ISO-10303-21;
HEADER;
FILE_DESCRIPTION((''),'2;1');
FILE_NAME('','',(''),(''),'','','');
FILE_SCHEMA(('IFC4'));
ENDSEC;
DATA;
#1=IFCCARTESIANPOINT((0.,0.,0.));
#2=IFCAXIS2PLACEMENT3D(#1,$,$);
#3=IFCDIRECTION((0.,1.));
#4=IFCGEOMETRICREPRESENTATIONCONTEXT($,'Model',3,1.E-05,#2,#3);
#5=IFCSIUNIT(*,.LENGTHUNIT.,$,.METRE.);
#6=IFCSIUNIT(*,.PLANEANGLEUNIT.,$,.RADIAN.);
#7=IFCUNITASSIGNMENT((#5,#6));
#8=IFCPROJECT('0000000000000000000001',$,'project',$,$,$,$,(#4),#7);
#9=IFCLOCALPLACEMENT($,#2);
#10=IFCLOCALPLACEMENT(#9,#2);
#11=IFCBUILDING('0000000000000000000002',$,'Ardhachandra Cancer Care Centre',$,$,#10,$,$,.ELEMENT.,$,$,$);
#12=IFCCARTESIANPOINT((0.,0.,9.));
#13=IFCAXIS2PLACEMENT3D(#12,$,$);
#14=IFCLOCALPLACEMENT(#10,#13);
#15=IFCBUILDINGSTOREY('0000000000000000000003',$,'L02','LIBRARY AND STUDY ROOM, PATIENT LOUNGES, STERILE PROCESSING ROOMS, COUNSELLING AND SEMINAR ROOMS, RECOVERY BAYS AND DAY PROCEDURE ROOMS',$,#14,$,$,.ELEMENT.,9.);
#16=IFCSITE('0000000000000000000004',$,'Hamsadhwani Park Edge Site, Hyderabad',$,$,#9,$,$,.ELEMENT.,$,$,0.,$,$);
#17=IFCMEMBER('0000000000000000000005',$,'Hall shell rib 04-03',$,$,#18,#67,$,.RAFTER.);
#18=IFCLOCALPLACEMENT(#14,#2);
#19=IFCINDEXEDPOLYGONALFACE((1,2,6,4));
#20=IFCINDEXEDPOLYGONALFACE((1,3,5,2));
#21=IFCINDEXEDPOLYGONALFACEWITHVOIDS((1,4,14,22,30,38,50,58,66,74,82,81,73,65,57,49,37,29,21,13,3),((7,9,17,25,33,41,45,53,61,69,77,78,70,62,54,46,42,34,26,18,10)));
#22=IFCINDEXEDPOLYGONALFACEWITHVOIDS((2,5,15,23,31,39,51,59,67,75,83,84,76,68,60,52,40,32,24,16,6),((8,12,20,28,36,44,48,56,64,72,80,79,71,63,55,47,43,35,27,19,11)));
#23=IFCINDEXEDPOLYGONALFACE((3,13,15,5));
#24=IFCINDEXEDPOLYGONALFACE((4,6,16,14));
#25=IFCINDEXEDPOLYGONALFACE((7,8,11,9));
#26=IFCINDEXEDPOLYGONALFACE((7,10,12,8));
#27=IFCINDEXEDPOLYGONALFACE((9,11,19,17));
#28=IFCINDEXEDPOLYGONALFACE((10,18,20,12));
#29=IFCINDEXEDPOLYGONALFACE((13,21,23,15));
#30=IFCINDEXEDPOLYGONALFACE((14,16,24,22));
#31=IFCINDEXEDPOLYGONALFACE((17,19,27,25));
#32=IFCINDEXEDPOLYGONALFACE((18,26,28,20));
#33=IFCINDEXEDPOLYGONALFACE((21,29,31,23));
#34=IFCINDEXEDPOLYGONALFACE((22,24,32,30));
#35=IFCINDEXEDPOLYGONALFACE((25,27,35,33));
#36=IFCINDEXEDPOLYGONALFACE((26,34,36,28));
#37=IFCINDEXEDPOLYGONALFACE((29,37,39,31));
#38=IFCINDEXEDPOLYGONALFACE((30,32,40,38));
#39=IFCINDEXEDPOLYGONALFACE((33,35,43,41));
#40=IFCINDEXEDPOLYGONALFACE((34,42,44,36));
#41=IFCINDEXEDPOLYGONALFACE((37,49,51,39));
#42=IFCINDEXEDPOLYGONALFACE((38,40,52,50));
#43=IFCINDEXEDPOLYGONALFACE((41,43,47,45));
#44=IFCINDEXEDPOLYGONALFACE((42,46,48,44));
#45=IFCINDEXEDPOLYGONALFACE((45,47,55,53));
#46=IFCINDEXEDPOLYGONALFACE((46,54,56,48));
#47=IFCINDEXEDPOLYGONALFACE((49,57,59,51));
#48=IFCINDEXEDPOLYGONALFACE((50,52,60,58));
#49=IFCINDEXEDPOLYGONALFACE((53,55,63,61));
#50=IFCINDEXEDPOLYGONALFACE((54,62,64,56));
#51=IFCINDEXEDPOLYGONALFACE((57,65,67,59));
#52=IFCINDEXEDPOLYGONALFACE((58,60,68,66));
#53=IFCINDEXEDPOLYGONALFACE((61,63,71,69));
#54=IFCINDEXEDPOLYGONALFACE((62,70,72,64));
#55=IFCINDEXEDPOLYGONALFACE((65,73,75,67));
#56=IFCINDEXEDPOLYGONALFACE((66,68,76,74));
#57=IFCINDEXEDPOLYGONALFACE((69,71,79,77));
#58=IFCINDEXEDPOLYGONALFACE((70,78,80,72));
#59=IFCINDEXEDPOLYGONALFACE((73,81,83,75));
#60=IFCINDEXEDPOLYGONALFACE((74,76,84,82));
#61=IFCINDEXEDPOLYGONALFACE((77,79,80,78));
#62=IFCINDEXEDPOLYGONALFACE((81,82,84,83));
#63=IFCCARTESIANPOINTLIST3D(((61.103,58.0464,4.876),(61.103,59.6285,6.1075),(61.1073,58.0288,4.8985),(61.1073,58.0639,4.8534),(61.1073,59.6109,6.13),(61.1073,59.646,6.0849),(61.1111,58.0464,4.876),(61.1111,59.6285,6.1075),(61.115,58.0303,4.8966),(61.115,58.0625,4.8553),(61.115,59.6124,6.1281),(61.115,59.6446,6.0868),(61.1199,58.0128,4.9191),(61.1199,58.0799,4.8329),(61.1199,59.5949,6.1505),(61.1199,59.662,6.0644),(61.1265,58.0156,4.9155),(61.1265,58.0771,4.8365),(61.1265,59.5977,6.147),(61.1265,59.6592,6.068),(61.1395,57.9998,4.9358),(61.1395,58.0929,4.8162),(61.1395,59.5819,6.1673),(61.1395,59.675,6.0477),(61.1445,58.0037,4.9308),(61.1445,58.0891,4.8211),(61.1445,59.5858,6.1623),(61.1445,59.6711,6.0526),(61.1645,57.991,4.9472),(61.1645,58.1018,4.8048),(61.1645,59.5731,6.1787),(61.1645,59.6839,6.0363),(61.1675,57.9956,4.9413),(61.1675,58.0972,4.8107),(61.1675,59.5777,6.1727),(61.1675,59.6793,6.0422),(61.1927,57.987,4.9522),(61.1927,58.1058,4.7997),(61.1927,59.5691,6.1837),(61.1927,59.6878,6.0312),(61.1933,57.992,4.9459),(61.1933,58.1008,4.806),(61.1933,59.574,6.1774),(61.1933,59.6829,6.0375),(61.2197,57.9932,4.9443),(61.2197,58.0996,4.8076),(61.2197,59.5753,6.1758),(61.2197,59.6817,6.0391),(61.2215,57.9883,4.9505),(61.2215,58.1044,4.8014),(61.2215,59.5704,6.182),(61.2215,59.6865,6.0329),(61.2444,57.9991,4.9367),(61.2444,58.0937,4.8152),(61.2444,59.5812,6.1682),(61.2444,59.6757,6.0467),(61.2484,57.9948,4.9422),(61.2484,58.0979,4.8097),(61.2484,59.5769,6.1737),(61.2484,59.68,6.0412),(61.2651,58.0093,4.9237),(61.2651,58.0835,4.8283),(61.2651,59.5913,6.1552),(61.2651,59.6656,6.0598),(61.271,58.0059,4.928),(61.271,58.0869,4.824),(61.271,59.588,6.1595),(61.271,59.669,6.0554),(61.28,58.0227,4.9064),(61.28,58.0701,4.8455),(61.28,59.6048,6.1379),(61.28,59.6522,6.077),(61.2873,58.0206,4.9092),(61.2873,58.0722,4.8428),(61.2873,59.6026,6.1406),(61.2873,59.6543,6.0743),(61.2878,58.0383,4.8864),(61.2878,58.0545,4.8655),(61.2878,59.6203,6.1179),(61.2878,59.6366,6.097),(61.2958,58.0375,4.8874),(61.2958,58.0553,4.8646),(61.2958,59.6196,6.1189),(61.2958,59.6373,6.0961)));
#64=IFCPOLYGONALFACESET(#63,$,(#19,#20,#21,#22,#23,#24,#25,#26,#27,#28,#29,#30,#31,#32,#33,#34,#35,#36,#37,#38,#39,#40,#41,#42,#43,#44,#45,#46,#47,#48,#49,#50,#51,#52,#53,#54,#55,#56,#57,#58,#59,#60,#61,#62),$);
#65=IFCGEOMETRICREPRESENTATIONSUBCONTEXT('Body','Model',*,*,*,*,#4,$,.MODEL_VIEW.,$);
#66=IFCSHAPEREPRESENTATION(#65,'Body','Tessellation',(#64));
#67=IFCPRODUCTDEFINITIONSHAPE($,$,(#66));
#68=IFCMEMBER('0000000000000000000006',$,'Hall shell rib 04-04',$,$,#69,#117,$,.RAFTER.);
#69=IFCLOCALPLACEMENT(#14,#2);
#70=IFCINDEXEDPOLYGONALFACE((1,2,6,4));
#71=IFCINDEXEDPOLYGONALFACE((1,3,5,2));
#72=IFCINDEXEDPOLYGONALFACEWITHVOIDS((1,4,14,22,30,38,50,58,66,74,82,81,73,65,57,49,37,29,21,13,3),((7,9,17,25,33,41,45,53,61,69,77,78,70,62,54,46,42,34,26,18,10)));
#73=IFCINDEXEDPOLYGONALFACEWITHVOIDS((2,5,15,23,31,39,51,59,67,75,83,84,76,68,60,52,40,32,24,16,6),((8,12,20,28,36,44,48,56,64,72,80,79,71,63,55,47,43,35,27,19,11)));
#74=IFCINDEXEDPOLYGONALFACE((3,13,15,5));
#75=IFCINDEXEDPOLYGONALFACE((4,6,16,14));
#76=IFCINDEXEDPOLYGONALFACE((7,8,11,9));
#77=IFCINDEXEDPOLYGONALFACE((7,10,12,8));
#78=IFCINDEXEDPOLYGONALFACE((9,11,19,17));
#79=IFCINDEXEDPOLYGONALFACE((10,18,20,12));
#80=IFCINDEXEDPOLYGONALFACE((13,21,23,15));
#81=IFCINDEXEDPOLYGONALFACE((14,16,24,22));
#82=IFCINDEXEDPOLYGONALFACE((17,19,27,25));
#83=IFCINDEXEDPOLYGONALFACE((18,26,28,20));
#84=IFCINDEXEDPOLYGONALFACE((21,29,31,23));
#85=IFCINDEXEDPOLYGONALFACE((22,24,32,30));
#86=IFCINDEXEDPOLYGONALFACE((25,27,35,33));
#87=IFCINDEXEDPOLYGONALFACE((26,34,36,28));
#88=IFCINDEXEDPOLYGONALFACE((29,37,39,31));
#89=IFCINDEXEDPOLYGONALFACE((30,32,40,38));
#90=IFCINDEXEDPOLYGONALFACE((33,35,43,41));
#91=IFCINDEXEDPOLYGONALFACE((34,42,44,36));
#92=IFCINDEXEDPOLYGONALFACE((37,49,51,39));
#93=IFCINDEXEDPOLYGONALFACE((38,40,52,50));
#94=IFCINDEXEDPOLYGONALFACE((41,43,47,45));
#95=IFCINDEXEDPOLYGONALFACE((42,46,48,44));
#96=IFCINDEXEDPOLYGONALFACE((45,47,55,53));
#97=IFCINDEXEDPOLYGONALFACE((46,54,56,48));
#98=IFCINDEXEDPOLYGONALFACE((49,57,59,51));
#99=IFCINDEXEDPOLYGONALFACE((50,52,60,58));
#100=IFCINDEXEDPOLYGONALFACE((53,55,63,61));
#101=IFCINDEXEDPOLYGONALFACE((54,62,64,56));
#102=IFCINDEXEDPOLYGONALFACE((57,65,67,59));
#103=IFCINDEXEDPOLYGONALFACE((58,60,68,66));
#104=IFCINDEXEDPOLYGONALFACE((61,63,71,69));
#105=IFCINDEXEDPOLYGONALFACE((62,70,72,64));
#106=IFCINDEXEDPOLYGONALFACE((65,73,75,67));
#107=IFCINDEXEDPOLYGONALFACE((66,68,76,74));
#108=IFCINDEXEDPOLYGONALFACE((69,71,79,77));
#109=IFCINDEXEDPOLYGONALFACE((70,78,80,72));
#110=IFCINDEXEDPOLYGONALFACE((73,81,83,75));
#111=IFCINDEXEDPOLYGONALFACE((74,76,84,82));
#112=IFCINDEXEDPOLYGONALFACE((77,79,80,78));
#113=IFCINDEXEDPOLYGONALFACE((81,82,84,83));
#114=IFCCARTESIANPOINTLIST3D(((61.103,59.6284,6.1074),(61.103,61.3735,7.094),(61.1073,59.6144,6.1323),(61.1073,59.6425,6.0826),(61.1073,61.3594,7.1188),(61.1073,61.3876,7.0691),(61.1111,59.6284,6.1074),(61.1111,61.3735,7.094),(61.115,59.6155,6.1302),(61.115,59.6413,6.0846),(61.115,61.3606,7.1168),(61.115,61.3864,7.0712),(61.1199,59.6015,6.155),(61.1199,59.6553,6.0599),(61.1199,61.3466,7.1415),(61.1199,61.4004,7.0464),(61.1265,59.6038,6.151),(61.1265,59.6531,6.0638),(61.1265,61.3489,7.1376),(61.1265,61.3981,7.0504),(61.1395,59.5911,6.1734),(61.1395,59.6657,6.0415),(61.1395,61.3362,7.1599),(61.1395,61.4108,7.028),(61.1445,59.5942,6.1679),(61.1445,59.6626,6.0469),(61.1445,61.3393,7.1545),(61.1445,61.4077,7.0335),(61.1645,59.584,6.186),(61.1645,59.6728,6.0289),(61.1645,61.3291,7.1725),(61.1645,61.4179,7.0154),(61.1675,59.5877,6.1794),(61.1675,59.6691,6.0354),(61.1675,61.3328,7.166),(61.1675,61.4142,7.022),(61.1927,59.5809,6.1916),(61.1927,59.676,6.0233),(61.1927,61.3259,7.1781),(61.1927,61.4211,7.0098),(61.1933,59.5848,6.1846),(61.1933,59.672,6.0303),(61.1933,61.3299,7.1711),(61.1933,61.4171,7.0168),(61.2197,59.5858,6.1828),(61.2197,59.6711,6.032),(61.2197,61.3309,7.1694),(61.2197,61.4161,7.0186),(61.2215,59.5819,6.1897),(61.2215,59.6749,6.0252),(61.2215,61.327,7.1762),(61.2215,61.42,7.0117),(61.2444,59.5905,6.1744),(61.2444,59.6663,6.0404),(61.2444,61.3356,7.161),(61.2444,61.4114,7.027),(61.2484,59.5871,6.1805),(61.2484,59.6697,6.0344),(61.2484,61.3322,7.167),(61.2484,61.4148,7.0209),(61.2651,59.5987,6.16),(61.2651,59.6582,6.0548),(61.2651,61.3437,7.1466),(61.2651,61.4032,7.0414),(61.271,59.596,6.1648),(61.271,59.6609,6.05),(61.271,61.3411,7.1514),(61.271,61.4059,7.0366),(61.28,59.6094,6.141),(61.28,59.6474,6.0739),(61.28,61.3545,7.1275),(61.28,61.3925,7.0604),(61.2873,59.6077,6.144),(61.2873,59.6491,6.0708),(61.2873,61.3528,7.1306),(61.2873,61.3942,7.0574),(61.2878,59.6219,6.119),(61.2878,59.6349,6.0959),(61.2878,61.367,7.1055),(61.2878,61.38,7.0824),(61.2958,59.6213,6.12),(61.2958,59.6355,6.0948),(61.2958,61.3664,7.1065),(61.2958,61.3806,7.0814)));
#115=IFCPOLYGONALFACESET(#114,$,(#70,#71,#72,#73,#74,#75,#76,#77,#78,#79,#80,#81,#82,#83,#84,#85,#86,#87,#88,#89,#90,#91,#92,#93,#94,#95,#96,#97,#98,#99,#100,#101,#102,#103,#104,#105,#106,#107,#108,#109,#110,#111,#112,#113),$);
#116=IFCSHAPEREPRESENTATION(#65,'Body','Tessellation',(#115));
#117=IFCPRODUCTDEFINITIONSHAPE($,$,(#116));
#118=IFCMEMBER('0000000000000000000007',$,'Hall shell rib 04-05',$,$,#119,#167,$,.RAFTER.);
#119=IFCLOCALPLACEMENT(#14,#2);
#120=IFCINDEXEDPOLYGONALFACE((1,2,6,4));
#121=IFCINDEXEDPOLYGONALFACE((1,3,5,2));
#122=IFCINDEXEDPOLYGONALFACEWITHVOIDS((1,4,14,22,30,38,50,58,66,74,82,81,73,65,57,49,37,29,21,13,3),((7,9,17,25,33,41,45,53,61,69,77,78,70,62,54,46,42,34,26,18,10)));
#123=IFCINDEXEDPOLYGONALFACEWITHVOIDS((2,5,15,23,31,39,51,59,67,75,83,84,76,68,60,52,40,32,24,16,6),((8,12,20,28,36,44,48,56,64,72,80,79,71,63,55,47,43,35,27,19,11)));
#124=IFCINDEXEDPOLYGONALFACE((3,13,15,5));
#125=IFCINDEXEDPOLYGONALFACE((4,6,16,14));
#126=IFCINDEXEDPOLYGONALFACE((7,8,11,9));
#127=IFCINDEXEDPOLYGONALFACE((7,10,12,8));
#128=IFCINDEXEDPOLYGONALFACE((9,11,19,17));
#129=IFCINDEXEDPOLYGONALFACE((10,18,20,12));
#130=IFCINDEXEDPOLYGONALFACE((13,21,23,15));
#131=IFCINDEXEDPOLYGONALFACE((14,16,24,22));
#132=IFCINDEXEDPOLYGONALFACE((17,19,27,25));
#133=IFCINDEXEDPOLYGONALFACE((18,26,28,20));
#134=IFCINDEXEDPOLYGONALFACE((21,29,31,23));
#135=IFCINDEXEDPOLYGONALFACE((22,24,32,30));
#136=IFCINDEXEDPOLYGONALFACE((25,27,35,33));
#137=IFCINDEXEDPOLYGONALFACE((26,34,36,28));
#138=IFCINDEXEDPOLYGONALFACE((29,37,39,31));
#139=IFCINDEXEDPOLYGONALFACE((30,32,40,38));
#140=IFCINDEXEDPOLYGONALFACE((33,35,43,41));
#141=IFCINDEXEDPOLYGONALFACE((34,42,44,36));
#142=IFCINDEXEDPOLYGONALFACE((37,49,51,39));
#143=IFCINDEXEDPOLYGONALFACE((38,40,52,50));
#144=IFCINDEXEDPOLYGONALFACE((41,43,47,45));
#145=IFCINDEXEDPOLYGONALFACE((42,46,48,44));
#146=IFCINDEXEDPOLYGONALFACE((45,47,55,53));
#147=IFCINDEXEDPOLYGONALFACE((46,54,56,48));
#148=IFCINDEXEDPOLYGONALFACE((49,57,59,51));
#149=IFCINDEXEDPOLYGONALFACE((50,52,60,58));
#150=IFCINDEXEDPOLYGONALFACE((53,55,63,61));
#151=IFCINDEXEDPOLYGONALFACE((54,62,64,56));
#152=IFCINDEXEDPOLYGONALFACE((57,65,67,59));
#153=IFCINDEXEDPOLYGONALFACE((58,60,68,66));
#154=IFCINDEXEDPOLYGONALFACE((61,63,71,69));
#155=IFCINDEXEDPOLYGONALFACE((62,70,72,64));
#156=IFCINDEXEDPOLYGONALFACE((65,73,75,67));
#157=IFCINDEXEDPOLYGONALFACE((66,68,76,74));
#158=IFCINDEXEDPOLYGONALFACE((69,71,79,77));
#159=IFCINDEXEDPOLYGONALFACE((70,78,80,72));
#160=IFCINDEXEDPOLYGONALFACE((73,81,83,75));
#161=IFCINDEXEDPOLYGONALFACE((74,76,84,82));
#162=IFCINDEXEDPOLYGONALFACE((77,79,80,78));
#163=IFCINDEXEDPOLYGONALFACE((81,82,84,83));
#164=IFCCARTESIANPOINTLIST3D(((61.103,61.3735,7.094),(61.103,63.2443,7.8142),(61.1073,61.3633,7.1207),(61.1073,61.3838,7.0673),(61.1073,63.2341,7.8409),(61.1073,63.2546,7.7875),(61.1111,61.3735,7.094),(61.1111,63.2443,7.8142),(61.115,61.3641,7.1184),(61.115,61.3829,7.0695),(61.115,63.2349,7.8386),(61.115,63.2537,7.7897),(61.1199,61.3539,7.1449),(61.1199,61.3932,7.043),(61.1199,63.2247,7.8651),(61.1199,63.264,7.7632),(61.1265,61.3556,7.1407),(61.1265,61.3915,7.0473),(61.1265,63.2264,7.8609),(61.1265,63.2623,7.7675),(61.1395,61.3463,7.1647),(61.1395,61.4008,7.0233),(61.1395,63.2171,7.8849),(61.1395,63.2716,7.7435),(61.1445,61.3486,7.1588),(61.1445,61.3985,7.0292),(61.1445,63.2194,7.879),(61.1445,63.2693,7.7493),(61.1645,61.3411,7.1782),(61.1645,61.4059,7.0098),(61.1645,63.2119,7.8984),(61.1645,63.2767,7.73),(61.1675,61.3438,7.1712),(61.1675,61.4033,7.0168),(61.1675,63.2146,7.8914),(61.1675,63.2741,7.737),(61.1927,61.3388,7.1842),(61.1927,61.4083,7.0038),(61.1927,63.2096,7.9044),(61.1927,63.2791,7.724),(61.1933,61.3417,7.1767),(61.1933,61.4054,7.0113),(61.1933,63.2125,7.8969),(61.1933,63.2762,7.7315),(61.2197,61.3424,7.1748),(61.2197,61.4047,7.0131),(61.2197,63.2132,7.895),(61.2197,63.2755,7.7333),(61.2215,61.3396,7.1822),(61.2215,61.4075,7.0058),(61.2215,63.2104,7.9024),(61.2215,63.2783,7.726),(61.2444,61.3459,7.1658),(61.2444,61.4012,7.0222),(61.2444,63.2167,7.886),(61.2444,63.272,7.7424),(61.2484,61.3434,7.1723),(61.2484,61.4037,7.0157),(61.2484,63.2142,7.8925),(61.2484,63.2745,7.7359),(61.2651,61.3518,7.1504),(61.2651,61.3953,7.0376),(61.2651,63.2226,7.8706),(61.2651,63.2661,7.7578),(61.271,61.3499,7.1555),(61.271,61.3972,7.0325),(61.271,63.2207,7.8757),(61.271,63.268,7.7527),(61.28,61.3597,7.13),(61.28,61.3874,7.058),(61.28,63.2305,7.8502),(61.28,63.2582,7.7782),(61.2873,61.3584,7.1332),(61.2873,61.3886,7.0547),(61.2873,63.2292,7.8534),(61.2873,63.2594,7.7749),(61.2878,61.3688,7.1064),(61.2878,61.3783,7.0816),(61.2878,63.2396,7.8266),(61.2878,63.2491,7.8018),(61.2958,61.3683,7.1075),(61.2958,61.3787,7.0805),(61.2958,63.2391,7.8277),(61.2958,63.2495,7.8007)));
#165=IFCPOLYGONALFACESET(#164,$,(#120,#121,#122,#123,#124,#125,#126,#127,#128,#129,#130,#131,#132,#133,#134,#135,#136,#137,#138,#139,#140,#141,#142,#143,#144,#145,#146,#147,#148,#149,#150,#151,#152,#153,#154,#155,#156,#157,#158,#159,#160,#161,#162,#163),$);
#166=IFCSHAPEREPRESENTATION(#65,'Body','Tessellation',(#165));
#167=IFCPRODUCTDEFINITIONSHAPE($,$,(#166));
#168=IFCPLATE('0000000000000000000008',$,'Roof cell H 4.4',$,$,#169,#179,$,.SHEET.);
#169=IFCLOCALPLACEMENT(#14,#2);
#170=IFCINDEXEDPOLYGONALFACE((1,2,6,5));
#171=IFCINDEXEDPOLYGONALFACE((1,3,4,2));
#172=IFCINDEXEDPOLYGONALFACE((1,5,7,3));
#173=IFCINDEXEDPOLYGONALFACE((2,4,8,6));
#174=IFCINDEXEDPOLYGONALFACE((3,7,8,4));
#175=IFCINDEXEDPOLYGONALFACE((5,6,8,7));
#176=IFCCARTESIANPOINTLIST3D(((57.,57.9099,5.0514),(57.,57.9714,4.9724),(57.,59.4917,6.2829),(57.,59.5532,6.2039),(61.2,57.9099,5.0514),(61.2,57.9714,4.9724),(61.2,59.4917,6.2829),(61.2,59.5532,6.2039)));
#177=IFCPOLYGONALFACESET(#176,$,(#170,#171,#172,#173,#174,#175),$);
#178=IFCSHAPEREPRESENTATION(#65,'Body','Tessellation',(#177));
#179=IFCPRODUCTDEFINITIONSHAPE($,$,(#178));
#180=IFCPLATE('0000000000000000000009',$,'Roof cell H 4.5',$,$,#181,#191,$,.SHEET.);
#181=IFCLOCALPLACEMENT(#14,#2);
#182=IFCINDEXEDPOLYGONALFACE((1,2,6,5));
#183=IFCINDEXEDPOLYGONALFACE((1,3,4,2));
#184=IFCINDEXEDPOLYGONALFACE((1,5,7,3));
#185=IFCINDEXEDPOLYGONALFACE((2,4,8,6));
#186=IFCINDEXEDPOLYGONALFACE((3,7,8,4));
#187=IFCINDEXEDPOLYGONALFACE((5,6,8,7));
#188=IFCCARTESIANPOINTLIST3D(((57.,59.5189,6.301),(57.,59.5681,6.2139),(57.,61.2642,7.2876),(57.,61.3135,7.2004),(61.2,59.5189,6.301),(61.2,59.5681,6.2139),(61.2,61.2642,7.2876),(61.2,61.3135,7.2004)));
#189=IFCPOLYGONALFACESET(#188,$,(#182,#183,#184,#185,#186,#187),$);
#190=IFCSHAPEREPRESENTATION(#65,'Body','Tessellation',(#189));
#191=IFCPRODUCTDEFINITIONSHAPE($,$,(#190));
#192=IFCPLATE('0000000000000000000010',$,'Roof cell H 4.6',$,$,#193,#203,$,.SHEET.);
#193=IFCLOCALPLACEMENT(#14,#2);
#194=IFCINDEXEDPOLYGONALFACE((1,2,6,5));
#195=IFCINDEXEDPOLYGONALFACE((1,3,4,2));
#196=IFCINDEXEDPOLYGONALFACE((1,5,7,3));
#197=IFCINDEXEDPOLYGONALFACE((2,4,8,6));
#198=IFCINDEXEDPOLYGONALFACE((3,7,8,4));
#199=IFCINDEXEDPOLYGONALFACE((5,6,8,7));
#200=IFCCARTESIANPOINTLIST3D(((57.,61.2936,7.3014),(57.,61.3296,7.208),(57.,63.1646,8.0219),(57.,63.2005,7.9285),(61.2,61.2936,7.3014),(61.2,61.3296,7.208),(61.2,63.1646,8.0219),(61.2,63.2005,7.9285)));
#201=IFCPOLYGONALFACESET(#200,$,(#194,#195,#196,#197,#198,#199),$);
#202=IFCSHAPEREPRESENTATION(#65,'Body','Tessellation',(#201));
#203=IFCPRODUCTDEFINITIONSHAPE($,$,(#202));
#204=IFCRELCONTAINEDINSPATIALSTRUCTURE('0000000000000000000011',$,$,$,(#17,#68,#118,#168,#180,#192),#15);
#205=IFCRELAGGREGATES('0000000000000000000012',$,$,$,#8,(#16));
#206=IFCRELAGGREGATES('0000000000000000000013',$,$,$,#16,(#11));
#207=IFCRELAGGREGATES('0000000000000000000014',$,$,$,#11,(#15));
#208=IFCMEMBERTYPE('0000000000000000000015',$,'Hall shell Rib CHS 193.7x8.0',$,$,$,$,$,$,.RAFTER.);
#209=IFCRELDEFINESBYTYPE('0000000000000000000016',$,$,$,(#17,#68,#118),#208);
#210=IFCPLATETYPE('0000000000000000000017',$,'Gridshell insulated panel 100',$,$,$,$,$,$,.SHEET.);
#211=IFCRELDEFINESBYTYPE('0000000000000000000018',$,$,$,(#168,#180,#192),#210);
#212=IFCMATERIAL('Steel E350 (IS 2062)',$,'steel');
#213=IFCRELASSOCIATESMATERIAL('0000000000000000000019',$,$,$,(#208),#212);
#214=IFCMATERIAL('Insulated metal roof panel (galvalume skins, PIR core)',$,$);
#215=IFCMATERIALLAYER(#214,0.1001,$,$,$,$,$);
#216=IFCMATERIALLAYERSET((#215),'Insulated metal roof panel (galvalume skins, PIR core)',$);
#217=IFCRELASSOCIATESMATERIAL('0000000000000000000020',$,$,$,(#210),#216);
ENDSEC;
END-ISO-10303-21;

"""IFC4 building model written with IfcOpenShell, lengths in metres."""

from ifc_helpers import new_model, si_unit, direction, frame, origin, origin_2d, place, context, subcontext, project, spatial, polyline, hollow_circle, outline, extrude, material, layer, layer_set, material_profile, profile_set, type_object, element, save


model = new_model("IFC4")

# Units and contexts
model_context = context("Model", 3, precision=1e-05, world=origin(), true_north=direction((0.0, 1.0)))
body_context = subcontext(model_context, "Body", "Model", "MODEL_VIEW")
ifc_project = project(units=[si_unit("LENGTHUNIT", "METRE"), si_unit("PLANEANGLEUNIT", "RADIAN")], contexts=[model_context])

# Site, building, storey
site_placement = place(None, origin())
site = spatial("IfcSite", under=ifc_project, at=site_placement, Name="Hamsadhwani Park Edge Site, Hyderabad", CompositionType="ELEMENT", RefElevation=0.0)
building_placement = place(site_placement, origin())
building = spatial("IfcBuilding", under=site, at=building_placement, Name="Ardhachandra Cancer Care Centre", CompositionType="ELEMENT")
storey_placement = place(building_placement, frame((0.0, 0.0, 9.0)))
storey = spatial("IfcBuildingStorey", under=building, at=storey_placement, Name="L02", Description="LIBRARY AND STUDY ROOM, PATIENT LOUNGES, STERILE PROCESSING ROOMS, COUNSELLING AND SEMINAR ROOMS, RECOVERY BAYS AND DAY PROCEDURE ROOMS", CompositionType="ELEMENT", Elevation=9.0)

# Members
ifc_material_1 = material(Name="Steel E350 (IS 2062)", Category="steel")
ifc_material_profile_1 = material_profile(ifc_material_1, hollow_circle(Radius=0.0969, WallThickness=0.0081, at=origin_2d()), Name="CHS 193.7x8.0")
ifc_profile_set_1 = profile_set([ifc_material_profile_1], Name="Steel E350 (IS 2062)")
member_type_1 = type_object("IfcMemberType", Name="Hall shell Rib CHS 193.7x8.0", PredefinedType="RAFTER", material=ifc_profile_set_1)
member_placement = place(storey_placement, frame((61.2, 58.0464, 4.876), z_axis=(0.0, 0.789116, 0.614244), x_axis=(-1.0, 0.0, 0.0)))
element("IfcMember", 1, at=member_placement, inside=storey, type_object=member_type_1, Name="Hall shell rib 04-03", PredefinedType="RAFTER", context=body_context, shape_type="SweptSolid", body=[
    extrude(hollow_circle(Radius=0.0969, WallThickness=0.0081, at=origin_2d()), origin(), (0.0, 0.0, 1.0), 2.0049),
])
for number, where, z_axis, x_axis, name in (
    (2, (61.2, 59.6284, 6.1074), (0.0, 0.87052, 0.492134), (-1.0, 0.0, 0.0), "Hall shell rib 04-04"),
    (3, (61.2, 61.3735, 7.094), (0.0, 0.933236, 0.359265), (-1.0, 0.0, 0.0), "Hall shell rib 04-05"),
):
    element("IfcMember", number, at=place(storey_placement, frame(where, z_axis=z_axis, x_axis=x_axis)), inside=storey, type_object=member_type_1, Name=name, PredefinedType="RAFTER", context=body_context, shape_type="SweptSolid", body=[
        extrude(hollow_circle(Radius=0.0969, WallThickness=0.0081, at=origin_2d()), origin(), (0.0, 0.0, 1.0), 2.0046),
    ])

# Plates
ifc_material_2 = material(Name="Insulated metal roof panel (galvalume skins, PIR core)")
ifc_layer = layer(ifc_material_2, 0.1001)
ifc_layer_set = layer_set([ifc_layer], Name="Insulated metal roof panel (galvalume skins, PIR core)")
plate_type = type_object("IfcPlateType", Name="Gridshell insulated panel 100", PredefinedType="SHEET", material=ifc_layer_set)
plate_1_placement = place(storey_placement, frame((57.0, 57.9714, 4.9724), z_axis=(0.0, -0.614303, 0.78907), x_axis=(1.0, 0.0, 0.0)))
element("IfcPlate", 4, at=plate_1_placement, inside=storey, type_object=plate_type, Name="Roof cell H 4.4", PredefinedType="SHEET", context=body_context, shape_type="SweptSolid", body=[
    extrude(outline(polyline([(0.0, 0.0), (4.2, 0.0), (4.2, 2.0046), (0.0, 2.0046), (0.0, 0.0)])), origin(), (0.0, 0.0, 1.0), 0.1001),
])
for number, where, z_axis, x_axis, name in (
    (5, (57.0, 59.5681, 6.2139), (0.0, -0.492081, 0.870549), (1.0, 0.0, 0.0), "Roof cell H 4.5"),
    (6, (57.0, 61.3296, 7.208), (0.0, -0.359371, 0.933195), (1.0, 0.0, 0.0), "Roof cell H 4.6"),
):
    element("IfcPlate", number, at=place(storey_placement, frame(where, z_axis=z_axis, x_axis=x_axis)), inside=storey, type_object=plate_type, Name=name, PredefinedType="SHEET", context=body_context, shape_type="SweptSolid", body=[
        extrude(outline(polyline([(0.0, 0.0), (4.2, 0.0), (4.2, 2.0049), (0.0, 2.0049), (0.0, 0.0)])), origin(), (0.0, 0.0, 1.0), 0.1001),
    ])

save(model, "model.ifc")
